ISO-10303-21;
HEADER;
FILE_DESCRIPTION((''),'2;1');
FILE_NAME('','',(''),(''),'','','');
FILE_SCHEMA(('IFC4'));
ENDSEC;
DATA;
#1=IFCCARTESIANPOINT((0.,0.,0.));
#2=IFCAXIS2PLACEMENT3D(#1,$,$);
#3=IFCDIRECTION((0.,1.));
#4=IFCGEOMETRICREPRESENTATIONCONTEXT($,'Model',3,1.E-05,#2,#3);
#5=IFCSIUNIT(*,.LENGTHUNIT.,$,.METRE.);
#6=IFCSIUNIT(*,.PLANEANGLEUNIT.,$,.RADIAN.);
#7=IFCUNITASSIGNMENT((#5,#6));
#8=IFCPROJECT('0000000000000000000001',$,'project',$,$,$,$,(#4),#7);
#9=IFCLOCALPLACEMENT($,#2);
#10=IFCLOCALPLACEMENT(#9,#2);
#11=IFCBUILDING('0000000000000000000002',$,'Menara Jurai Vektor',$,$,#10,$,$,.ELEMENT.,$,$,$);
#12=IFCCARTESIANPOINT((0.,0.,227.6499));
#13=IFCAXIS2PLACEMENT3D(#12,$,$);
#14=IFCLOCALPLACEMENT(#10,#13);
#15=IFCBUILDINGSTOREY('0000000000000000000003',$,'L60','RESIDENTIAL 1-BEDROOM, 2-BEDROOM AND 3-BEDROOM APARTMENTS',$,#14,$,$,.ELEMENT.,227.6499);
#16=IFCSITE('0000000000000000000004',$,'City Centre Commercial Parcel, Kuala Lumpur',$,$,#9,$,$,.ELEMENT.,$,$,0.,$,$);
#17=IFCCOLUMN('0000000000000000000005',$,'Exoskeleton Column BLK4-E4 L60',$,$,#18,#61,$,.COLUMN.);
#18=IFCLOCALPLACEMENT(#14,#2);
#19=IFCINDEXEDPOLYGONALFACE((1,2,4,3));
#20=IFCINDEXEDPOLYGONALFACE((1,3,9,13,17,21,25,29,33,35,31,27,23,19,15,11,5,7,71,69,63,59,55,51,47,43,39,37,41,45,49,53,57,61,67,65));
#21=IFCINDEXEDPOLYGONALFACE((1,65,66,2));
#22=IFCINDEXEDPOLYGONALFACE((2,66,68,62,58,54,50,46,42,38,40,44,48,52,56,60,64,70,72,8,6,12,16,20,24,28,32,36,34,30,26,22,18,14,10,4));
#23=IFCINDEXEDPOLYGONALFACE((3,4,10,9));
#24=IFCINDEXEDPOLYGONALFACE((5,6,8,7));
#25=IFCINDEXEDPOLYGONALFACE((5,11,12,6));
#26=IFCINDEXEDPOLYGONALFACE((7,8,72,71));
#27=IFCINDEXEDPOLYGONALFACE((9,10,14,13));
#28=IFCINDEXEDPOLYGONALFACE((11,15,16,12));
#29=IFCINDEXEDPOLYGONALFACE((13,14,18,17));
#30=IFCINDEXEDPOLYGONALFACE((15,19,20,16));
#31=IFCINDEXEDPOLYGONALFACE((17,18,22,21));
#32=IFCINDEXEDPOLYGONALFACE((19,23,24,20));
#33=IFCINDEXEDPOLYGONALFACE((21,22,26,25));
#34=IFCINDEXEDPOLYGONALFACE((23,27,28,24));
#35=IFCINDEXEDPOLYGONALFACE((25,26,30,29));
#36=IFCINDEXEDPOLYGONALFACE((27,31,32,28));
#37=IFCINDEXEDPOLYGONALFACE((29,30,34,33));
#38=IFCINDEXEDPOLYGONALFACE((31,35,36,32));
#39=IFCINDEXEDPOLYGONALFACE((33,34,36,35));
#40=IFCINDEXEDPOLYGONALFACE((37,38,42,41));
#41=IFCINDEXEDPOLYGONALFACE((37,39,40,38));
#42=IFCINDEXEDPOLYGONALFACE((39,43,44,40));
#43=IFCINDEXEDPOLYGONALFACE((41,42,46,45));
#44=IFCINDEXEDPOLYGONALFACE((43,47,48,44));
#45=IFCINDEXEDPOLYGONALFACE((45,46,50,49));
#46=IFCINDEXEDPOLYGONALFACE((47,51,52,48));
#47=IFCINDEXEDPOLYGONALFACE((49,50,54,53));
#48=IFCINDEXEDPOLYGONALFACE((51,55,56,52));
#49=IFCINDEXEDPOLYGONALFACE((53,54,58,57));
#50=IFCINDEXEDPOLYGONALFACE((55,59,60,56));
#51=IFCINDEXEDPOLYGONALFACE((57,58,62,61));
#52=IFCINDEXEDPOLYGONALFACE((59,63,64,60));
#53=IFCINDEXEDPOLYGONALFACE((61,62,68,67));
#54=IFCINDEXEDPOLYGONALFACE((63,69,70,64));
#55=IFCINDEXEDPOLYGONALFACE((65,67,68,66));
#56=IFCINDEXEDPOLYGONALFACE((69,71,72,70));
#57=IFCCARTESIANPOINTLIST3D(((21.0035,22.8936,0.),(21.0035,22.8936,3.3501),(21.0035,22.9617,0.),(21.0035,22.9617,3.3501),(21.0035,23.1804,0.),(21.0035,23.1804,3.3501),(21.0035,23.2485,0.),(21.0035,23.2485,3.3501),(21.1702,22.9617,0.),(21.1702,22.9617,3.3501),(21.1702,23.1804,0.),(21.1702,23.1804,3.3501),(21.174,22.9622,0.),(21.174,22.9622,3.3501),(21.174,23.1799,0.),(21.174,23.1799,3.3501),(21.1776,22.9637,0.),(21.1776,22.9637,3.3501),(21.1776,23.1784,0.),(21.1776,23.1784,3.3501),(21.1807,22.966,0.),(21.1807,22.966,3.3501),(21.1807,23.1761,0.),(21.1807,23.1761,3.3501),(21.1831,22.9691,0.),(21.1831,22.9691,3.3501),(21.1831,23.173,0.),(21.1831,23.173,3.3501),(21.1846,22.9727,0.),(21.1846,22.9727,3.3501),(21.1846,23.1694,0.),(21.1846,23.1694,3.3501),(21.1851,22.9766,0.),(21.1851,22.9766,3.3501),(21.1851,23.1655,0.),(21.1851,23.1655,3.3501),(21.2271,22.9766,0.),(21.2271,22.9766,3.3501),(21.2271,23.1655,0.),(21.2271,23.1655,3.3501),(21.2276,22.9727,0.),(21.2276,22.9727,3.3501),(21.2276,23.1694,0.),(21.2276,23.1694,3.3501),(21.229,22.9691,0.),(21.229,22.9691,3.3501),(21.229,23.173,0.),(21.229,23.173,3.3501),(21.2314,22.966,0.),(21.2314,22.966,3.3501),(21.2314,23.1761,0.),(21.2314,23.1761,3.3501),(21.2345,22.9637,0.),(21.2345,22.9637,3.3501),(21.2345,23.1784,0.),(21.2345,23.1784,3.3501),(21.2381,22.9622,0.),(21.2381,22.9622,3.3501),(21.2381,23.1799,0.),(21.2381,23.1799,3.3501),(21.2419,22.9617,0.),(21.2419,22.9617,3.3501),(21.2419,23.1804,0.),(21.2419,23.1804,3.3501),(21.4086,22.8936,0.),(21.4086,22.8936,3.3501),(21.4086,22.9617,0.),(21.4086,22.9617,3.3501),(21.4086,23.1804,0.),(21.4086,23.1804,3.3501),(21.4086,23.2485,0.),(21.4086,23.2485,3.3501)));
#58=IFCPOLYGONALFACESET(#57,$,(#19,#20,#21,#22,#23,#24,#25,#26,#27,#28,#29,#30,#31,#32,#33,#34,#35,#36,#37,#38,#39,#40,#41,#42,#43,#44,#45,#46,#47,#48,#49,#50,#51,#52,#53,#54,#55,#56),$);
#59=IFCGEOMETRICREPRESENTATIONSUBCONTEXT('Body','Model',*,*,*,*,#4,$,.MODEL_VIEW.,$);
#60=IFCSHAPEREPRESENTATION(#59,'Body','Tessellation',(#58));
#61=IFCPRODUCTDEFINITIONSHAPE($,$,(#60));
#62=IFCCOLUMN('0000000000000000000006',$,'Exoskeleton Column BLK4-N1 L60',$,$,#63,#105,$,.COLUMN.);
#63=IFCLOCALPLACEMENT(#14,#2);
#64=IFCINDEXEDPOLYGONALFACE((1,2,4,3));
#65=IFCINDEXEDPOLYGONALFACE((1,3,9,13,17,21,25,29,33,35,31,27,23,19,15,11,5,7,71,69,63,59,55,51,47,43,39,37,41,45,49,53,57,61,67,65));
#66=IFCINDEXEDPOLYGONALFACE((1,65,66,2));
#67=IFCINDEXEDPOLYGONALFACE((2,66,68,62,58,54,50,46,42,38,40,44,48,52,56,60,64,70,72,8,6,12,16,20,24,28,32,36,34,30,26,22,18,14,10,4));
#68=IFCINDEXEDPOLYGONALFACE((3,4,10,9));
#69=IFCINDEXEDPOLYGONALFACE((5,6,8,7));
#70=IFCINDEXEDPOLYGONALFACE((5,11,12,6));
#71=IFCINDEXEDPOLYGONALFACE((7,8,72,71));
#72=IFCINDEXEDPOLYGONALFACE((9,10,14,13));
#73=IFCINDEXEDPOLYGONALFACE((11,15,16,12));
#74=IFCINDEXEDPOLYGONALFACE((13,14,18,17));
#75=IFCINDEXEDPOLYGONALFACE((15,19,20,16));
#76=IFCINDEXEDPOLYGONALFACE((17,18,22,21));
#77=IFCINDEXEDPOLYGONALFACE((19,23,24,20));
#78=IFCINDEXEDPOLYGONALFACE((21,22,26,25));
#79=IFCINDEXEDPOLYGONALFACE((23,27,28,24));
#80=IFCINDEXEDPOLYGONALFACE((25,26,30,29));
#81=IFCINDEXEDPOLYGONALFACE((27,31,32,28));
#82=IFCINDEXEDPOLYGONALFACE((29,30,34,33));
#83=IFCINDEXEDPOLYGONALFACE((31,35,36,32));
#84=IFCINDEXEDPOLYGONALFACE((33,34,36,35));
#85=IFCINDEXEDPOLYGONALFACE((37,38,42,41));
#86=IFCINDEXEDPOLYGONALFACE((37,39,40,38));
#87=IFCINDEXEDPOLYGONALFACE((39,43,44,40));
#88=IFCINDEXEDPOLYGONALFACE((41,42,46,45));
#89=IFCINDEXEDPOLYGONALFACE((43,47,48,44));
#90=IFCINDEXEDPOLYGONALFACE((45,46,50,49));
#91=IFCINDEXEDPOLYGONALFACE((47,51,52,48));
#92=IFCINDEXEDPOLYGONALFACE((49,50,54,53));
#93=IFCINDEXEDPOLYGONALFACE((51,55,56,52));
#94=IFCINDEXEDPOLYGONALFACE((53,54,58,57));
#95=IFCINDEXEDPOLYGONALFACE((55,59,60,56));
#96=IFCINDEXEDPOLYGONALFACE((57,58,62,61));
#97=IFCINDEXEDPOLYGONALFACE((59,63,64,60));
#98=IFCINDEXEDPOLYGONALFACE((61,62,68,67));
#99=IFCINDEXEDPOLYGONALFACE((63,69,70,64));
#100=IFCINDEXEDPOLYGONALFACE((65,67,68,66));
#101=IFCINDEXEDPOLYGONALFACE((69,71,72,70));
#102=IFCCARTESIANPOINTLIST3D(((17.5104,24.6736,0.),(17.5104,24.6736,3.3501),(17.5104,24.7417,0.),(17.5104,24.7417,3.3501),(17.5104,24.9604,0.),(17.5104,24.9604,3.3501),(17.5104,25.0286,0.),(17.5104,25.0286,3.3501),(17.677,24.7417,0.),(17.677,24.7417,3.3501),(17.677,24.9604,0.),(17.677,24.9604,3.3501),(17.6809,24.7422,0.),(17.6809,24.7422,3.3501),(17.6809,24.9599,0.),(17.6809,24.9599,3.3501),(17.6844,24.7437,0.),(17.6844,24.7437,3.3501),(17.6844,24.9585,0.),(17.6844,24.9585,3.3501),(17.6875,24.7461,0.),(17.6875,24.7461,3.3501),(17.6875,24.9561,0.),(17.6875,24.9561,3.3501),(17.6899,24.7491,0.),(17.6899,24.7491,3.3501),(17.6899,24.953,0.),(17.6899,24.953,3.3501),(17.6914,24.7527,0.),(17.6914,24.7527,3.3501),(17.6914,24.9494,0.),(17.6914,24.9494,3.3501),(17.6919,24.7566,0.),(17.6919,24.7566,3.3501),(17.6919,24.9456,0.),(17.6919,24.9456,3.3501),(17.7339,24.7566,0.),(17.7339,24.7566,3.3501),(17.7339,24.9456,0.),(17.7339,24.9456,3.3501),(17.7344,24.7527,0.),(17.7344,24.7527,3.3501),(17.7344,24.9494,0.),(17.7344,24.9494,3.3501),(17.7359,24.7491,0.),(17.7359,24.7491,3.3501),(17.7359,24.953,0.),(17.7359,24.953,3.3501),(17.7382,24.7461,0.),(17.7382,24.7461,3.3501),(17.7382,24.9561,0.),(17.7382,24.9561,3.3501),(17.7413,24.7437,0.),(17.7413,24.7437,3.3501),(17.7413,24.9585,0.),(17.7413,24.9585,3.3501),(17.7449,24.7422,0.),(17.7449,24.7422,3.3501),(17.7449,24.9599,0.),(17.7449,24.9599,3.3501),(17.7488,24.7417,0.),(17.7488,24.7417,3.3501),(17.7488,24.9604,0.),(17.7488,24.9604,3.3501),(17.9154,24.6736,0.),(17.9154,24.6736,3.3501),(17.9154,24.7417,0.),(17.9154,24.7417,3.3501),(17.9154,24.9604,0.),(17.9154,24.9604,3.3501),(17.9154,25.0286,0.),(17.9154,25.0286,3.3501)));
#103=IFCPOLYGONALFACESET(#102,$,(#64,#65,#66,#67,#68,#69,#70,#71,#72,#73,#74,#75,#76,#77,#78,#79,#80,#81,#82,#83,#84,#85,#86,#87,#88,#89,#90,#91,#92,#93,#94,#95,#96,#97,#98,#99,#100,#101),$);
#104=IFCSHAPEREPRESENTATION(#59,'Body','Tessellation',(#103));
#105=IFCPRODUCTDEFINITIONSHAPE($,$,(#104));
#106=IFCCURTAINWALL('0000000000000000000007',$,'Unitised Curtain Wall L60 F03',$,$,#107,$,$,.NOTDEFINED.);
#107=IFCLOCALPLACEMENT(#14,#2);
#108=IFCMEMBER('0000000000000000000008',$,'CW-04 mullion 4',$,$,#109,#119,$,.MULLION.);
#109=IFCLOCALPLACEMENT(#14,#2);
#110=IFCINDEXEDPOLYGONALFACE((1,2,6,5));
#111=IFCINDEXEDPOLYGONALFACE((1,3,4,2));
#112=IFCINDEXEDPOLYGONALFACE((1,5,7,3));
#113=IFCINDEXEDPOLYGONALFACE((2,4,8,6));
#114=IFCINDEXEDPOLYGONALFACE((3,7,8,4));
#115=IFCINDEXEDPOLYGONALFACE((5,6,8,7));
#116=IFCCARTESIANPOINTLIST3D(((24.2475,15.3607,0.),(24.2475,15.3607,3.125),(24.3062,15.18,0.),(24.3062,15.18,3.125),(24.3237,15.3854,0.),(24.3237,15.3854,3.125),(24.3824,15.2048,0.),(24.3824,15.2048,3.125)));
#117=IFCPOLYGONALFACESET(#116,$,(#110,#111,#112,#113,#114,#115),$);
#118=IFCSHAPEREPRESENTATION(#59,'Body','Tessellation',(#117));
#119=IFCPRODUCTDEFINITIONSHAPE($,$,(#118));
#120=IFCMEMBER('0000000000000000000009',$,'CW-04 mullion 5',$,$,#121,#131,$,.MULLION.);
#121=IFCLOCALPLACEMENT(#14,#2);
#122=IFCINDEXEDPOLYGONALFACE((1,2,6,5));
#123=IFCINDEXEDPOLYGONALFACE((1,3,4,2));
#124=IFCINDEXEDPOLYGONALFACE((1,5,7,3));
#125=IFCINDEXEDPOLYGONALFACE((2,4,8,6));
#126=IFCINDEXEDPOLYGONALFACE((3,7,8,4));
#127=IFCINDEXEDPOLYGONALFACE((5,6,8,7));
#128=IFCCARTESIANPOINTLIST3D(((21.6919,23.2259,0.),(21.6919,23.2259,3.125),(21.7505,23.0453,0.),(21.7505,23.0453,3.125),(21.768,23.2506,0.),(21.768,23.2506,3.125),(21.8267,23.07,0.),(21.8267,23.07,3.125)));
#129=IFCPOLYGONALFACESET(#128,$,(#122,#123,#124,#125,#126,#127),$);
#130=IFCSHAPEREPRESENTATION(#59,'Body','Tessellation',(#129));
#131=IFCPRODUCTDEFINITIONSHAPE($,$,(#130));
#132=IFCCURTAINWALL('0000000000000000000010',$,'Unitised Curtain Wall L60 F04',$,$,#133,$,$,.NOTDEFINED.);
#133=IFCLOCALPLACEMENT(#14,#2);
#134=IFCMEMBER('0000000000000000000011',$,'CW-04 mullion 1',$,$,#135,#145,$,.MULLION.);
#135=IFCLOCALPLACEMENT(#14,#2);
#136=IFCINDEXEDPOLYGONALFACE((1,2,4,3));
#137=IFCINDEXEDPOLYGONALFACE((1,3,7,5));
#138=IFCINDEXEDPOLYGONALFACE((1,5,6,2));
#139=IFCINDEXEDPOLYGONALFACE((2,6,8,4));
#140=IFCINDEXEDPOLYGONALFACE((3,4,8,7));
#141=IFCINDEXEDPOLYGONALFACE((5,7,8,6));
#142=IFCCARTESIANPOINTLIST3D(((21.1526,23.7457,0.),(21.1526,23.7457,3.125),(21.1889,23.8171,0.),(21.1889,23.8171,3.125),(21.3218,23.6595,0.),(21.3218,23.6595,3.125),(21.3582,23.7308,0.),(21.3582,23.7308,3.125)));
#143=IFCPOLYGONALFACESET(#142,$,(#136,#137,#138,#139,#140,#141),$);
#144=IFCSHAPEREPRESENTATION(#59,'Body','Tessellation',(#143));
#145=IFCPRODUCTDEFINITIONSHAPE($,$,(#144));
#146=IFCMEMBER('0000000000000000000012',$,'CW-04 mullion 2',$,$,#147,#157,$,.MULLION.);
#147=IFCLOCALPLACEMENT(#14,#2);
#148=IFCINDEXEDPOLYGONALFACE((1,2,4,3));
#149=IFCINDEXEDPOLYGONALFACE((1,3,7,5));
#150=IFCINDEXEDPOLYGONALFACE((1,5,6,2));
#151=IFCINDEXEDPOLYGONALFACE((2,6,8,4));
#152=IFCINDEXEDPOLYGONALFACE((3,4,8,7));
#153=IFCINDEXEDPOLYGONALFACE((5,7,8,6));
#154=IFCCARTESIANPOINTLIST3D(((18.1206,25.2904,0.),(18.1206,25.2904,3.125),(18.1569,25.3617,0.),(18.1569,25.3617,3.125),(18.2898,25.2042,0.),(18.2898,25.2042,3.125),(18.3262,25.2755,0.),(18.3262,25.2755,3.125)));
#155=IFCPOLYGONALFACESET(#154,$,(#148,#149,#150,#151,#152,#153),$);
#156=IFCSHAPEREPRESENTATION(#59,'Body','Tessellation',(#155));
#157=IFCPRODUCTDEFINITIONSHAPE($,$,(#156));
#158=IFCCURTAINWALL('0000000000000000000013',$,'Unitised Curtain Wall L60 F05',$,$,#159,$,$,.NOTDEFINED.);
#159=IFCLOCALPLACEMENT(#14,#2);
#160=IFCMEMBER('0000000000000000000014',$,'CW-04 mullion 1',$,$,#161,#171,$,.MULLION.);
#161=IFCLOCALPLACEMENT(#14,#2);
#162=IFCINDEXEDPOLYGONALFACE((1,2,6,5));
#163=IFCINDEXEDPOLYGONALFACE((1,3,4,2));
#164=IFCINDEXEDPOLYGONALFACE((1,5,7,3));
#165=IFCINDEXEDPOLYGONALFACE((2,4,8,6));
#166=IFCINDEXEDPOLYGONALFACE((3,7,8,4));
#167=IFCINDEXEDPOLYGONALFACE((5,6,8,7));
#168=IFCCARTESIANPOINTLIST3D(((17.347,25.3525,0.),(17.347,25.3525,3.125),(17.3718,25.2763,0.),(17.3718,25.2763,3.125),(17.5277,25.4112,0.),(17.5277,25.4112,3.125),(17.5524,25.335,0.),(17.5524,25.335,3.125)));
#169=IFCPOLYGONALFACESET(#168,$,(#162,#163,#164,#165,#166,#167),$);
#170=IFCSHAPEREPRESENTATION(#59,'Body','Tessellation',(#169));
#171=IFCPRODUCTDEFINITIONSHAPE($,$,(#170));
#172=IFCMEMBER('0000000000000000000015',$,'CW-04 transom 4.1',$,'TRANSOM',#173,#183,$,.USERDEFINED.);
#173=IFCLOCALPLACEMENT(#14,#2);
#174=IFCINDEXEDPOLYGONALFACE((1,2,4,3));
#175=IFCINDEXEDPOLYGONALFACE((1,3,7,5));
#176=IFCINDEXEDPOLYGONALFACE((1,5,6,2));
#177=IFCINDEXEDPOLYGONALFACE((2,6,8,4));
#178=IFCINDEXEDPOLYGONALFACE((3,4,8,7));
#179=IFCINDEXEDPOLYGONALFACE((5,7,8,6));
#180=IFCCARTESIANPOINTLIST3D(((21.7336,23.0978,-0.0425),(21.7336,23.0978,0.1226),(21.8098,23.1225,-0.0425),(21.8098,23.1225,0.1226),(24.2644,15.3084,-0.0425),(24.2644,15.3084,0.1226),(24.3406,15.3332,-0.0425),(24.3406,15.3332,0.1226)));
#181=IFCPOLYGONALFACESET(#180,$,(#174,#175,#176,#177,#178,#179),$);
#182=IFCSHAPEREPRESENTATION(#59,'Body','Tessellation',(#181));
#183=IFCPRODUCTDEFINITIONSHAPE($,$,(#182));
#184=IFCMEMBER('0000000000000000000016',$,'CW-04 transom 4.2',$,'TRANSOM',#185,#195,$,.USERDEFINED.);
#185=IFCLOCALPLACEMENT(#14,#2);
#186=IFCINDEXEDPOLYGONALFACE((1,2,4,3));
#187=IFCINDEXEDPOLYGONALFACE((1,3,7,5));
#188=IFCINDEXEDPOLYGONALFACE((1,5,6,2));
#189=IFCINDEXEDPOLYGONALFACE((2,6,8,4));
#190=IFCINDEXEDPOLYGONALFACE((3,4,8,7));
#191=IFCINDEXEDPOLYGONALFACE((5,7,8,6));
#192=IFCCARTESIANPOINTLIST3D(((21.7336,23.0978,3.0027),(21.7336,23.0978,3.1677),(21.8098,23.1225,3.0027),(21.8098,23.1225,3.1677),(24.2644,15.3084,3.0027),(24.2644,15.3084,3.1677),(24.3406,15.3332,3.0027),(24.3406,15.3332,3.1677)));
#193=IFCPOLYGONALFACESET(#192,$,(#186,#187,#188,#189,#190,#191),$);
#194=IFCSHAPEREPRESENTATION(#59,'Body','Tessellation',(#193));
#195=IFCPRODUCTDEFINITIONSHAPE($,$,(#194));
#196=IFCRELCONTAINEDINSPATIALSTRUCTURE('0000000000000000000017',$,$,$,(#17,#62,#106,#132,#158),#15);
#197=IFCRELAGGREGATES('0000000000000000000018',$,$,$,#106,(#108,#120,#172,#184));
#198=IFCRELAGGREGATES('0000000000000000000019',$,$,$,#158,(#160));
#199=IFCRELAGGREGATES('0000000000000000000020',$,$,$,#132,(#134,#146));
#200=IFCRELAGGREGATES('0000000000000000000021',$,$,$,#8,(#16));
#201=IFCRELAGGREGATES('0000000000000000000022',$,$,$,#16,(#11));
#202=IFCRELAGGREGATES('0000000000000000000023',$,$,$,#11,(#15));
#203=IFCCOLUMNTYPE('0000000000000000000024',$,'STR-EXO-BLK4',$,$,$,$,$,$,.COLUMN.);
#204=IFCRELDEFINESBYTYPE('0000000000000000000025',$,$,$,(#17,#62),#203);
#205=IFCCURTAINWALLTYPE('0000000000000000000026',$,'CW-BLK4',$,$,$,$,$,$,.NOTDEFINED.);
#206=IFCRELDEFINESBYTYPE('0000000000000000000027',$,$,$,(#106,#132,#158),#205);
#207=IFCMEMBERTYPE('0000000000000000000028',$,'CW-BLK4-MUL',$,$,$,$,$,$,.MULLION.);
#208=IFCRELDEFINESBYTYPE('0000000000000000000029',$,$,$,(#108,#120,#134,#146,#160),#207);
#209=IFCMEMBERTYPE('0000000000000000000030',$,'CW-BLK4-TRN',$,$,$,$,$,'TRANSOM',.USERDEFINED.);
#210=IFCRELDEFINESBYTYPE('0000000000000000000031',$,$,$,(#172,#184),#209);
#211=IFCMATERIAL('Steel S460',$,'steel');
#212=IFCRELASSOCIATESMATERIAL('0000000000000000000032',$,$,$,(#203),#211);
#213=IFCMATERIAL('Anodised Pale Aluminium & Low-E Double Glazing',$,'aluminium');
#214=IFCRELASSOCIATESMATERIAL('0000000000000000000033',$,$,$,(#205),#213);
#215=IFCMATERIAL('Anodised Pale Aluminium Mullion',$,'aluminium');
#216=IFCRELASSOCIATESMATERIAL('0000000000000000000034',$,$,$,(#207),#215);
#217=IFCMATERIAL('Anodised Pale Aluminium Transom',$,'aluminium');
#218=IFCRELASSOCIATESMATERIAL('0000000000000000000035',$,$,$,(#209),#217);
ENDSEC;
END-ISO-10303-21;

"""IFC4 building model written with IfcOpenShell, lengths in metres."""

from ifc_helpers import new_model, si_unit, direction, frame, origin, origin_2d, place, context, subcontext, project, spatial, rectangle, i_section, extrude, material, material_profile, profile_set, type_object, element, aggregate, save


model = new_model("IFC4")

# Units and contexts
model_context = context("Model", 3, precision=1e-05, world=origin(), true_north=direction((0.0, 1.0)))
body_context = subcontext(model_context, "Body", "Model", "MODEL_VIEW")
ifc_project = project(units=[si_unit("LENGTHUNIT", "METRE"), si_unit("PLANEANGLEUNIT", "RADIAN")], contexts=[model_context])

# Site, building, storey
site_placement = place(None, origin())
site = spatial("IfcSite", under=ifc_project, at=site_placement, Name="City Centre Commercial Parcel, Kuala Lumpur", CompositionType="ELEMENT", RefElevation=0.0)
building_placement = place(site_placement, origin())
building = spatial("IfcBuilding", under=site, at=building_placement, Name="Menara Jurai Vektor", CompositionType="ELEMENT")
storey_placement = place(building_placement, frame((0.0, 0.0, 227.6499)))
storey = spatial("IfcBuildingStorey", under=building, at=storey_placement, Name="L60", Description="RESIDENTIAL 1-BEDROOM, 2-BEDROOM AND 3-BEDROOM APARTMENTS", CompositionType="ELEMENT", Elevation=227.6499)

# Columns
ifc_material_1 = material(Name="Steel S460", Category="steel")
ifc_material_profile_1 = material_profile(ifc_material_1, i_section(OverallWidth=0.405, OverallDepth=0.355, WebThickness=0.042, FlangeThickness=0.0681, FilletRadius=0.0149, at=origin_2d()), Name="HD 400x551")
ifc_profile_set_1 = profile_set([ifc_material_profile_1], Name="Steel S460")
column_type = type_object("IfcColumnType", Name="STR-EXO-BLK4", PredefinedType="COLUMN", material=ifc_profile_set_1)
for number, where, z_axis, x_axis, name in (
    (1, (21.2061, 23.071, 0.0), (0.0, 0.0, 1.0), (1.0, 0.0, 0.0), "Exoskeleton Column BLK4-E4 L60"),
    (2, (17.7129, 24.8511, 0.0), (0.0, 0.0, 1.0), (1.0, 0.0, 0.0), "Exoskeleton Column BLK4-N1 L60"),
):
    element("IfcColumn", number, at=place(storey_placement, frame(where, z_axis=z_axis, x_axis=x_axis)), inside=storey, type_object=column_type, Name=name, PredefinedType="COLUMN", context=body_context, shape_type="SweptSolid", body=[
        extrude(i_section(OverallWidth=0.405, OverallDepth=0.355, WebThickness=0.042, FlangeThickness=0.0681, FilletRadius=0.0149, at=origin_2d()), origin(), (0.0, 0.0, 1.0), 3.3501),
    ])

# Curtain walls, members
ifc_material_2 = material(Name="Anodised Pale Aluminium & Low-E Double Glazing", Category="aluminium")
curtain_wall_type = type_object("IfcCurtainWallType", Name="CW-BLK4", PredefinedType="NOTDEFINED", material=ifc_material_2)
curtain_wall_1_placement = place(storey_placement, origin())
curtain_wall_1 = element("IfcCurtainWall", 3, at=curtain_wall_1_placement, inside=storey, type_object=curtain_wall_type, Name="Unitised Curtain Wall L60 F03", PredefinedType="NOTDEFINED")
ifc_material_3 = material(Name="Anodised Pale Aluminium Mullion", Category="aluminium")
ifc_material_profile_2 = material_profile(ifc_material_3, rectangle(XDim=0.0801, YDim=0.1899, at=origin_2d()), Name="ALU MUL 80x190")
ifc_profile_set_2 = profile_set([ifc_material_profile_2], Name="Anodised Pale Aluminium Mullion")
member_type_1 = type_object("IfcMemberType", Name="CW-BLK4-MUL", PredefinedType="MULLION", material=ifc_profile_set_2)
member_1_placement = place(storey_placement, frame((24.3149, 15.2827, 0.0), z_axis=(0.0, 0.0, 1.0), x_axis=(-0.951057, -0.309016, 0.0)))
member_1 = element("IfcMember", 4, at=member_1_placement, type_object=member_type_1, Name="CW-04 mullion 4", PredefinedType="MULLION", context=body_context, shape_type="SweptSolid", body=[
    extrude(rectangle(XDim=0.0801, YDim=0.1899, at=origin_2d()), origin(), (0.0, 0.0, 1.0), 3.125),
])
member_2_placement = place(storey_placement, frame((21.7593, 23.1479, 0.0), z_axis=(0.0, 0.0, 1.0), x_axis=(-0.951057, -0.309016, 0.0)))
member_2 = element("IfcMember", 5, at=member_2_placement, type_object=member_type_1, Name="CW-04 mullion 5", PredefinedType="MULLION", context=body_context, shape_type="SweptSolid", body=[
    extrude(rectangle(XDim=0.0801, YDim=0.1899, at=origin_2d()), origin(), (0.0, 0.0, 1.0), 3.125),
])
curtain_wall_2_placement = place(storey_placement, origin())
curtain_wall_2 = element("IfcCurtainWall", 6, at=curtain_wall_2_placement, inside=storey, type_object=curtain_wall_type, Name="Unitised Curtain Wall L60 F04", PredefinedType="NOTDEFINED")
member_3_placement = place(storey_placement, frame((21.2554, 23.7383, 0.0), z_axis=(0.0, 0.0, 1.0), x_axis=(-0.453989, -0.891008, 0.0)))
member_3 = element("IfcMember", 7, at=member_3_placement, type_object=member_type_1, Name="CW-04 mullion 1", PredefinedType="MULLION", context=body_context, shape_type="SweptSolid", body=[
    extrude(rectangle(XDim=0.0801, YDim=0.1899, at=origin_2d()), origin(), (0.0, 0.0, 1.0), 3.125),
])
member_4_placement = place(storey_placement, frame((18.2234, 25.283, 0.0), z_axis=(0.0, 0.0, 1.0), x_axis=(-0.453989, -0.891008, 0.0)))
member_4 = element("IfcMember", 8, at=member_4_placement, type_object=member_type_1, Name="CW-04 mullion 2", PredefinedType="MULLION", context=body_context, shape_type="SweptSolid", body=[
    extrude(rectangle(XDim=0.0801, YDim=0.1899, at=origin_2d()), origin(), (0.0, 0.0, 1.0), 3.125),
])

# Curtain wall, member
curtain_wall_3_placement = place(storey_placement, origin())
curtain_wall_3 = element("IfcCurtainWall", 9, at=curtain_wall_3_placement, inside=storey, type_object=curtain_wall_type, Name="Unitised Curtain Wall L60 F05", PredefinedType="NOTDEFINED")
member_5_placement = place(storey_placement, frame((17.4497, 25.3438, 0.0), z_axis=(0.0, 0.0, 1.0), x_axis=(0.309017, -0.951056, 0.0)))
member_5 = element("IfcMember", 10, at=member_5_placement, type_object=member_type_1, Name="CW-04 mullion 1", PredefinedType="MULLION", context=body_context, shape_type="SweptSolid", body=[
    extrude(rectangle(XDim=0.0801, YDim=0.1899, at=origin_2d()), origin(), (0.0, 0.0, 1.0), 3.125),
])

# Members
ifc_material_4 = material(Name="Anodised Pale Aluminium Transom", Category="aluminium")
ifc_material_profile_3 = material_profile(ifc_material_4, rectangle(XDim=0.0801, YDim=0.165, at=origin_2d()), Name="ALU TRN 80x165")
ifc_profile_set_3 = profile_set([ifc_material_profile_3], Name="Anodised Pale Aluminium Transom")
member_type_2 = type_object("IfcMemberType", Name="CW-BLK4-TRN", ElementType="TRANSOM", PredefinedType="USERDEFINED", material=ifc_profile_set_3)
member_6_placement = place(storey_placement, frame((24.3025, 15.3208, 0.04), z_axis=(-0.309002, 0.951061, 0.0), x_axis=(-0.951061, -0.309002, 0.0)))
member_6 = element("IfcMember", 11, at=member_6_placement, type_object=member_type_2, Name="CW-04 transom 4.1", ObjectType="TRANSOM", PredefinedType="USERDEFINED", context=body_context, shape_type="SweptSolid", body=[
    extrude(rectangle(XDim=0.0801, YDim=0.165, at=origin_2d()), origin(), (0.0, 0.0, 1.0), 8.1902),
])
member_7_placement = place(storey_placement, frame((24.3025, 15.3208, 3.0852), z_axis=(-0.309002, 0.951061, 0.0), x_axis=(-0.951061, -0.309002, 0.0)))
member_7 = element("IfcMember", 12, at=member_7_placement, type_object=member_type_2, Name="CW-04 transom 4.2", ObjectType="TRANSOM", PredefinedType="USERDEFINED", context=body_context, shape_type="SweptSolid", body=[
    extrude(rectangle(XDim=0.0801, YDim=0.165, at=origin_2d()), origin(), (0.0, 0.0, 1.0), 8.1902),
])

aggregate(curtain_wall_1, [member_1, member_2, member_6, member_7])
aggregate(curtain_wall_3, [member_5])
aggregate(curtain_wall_2, [member_3, member_4])

save(model, "model.ifc")
